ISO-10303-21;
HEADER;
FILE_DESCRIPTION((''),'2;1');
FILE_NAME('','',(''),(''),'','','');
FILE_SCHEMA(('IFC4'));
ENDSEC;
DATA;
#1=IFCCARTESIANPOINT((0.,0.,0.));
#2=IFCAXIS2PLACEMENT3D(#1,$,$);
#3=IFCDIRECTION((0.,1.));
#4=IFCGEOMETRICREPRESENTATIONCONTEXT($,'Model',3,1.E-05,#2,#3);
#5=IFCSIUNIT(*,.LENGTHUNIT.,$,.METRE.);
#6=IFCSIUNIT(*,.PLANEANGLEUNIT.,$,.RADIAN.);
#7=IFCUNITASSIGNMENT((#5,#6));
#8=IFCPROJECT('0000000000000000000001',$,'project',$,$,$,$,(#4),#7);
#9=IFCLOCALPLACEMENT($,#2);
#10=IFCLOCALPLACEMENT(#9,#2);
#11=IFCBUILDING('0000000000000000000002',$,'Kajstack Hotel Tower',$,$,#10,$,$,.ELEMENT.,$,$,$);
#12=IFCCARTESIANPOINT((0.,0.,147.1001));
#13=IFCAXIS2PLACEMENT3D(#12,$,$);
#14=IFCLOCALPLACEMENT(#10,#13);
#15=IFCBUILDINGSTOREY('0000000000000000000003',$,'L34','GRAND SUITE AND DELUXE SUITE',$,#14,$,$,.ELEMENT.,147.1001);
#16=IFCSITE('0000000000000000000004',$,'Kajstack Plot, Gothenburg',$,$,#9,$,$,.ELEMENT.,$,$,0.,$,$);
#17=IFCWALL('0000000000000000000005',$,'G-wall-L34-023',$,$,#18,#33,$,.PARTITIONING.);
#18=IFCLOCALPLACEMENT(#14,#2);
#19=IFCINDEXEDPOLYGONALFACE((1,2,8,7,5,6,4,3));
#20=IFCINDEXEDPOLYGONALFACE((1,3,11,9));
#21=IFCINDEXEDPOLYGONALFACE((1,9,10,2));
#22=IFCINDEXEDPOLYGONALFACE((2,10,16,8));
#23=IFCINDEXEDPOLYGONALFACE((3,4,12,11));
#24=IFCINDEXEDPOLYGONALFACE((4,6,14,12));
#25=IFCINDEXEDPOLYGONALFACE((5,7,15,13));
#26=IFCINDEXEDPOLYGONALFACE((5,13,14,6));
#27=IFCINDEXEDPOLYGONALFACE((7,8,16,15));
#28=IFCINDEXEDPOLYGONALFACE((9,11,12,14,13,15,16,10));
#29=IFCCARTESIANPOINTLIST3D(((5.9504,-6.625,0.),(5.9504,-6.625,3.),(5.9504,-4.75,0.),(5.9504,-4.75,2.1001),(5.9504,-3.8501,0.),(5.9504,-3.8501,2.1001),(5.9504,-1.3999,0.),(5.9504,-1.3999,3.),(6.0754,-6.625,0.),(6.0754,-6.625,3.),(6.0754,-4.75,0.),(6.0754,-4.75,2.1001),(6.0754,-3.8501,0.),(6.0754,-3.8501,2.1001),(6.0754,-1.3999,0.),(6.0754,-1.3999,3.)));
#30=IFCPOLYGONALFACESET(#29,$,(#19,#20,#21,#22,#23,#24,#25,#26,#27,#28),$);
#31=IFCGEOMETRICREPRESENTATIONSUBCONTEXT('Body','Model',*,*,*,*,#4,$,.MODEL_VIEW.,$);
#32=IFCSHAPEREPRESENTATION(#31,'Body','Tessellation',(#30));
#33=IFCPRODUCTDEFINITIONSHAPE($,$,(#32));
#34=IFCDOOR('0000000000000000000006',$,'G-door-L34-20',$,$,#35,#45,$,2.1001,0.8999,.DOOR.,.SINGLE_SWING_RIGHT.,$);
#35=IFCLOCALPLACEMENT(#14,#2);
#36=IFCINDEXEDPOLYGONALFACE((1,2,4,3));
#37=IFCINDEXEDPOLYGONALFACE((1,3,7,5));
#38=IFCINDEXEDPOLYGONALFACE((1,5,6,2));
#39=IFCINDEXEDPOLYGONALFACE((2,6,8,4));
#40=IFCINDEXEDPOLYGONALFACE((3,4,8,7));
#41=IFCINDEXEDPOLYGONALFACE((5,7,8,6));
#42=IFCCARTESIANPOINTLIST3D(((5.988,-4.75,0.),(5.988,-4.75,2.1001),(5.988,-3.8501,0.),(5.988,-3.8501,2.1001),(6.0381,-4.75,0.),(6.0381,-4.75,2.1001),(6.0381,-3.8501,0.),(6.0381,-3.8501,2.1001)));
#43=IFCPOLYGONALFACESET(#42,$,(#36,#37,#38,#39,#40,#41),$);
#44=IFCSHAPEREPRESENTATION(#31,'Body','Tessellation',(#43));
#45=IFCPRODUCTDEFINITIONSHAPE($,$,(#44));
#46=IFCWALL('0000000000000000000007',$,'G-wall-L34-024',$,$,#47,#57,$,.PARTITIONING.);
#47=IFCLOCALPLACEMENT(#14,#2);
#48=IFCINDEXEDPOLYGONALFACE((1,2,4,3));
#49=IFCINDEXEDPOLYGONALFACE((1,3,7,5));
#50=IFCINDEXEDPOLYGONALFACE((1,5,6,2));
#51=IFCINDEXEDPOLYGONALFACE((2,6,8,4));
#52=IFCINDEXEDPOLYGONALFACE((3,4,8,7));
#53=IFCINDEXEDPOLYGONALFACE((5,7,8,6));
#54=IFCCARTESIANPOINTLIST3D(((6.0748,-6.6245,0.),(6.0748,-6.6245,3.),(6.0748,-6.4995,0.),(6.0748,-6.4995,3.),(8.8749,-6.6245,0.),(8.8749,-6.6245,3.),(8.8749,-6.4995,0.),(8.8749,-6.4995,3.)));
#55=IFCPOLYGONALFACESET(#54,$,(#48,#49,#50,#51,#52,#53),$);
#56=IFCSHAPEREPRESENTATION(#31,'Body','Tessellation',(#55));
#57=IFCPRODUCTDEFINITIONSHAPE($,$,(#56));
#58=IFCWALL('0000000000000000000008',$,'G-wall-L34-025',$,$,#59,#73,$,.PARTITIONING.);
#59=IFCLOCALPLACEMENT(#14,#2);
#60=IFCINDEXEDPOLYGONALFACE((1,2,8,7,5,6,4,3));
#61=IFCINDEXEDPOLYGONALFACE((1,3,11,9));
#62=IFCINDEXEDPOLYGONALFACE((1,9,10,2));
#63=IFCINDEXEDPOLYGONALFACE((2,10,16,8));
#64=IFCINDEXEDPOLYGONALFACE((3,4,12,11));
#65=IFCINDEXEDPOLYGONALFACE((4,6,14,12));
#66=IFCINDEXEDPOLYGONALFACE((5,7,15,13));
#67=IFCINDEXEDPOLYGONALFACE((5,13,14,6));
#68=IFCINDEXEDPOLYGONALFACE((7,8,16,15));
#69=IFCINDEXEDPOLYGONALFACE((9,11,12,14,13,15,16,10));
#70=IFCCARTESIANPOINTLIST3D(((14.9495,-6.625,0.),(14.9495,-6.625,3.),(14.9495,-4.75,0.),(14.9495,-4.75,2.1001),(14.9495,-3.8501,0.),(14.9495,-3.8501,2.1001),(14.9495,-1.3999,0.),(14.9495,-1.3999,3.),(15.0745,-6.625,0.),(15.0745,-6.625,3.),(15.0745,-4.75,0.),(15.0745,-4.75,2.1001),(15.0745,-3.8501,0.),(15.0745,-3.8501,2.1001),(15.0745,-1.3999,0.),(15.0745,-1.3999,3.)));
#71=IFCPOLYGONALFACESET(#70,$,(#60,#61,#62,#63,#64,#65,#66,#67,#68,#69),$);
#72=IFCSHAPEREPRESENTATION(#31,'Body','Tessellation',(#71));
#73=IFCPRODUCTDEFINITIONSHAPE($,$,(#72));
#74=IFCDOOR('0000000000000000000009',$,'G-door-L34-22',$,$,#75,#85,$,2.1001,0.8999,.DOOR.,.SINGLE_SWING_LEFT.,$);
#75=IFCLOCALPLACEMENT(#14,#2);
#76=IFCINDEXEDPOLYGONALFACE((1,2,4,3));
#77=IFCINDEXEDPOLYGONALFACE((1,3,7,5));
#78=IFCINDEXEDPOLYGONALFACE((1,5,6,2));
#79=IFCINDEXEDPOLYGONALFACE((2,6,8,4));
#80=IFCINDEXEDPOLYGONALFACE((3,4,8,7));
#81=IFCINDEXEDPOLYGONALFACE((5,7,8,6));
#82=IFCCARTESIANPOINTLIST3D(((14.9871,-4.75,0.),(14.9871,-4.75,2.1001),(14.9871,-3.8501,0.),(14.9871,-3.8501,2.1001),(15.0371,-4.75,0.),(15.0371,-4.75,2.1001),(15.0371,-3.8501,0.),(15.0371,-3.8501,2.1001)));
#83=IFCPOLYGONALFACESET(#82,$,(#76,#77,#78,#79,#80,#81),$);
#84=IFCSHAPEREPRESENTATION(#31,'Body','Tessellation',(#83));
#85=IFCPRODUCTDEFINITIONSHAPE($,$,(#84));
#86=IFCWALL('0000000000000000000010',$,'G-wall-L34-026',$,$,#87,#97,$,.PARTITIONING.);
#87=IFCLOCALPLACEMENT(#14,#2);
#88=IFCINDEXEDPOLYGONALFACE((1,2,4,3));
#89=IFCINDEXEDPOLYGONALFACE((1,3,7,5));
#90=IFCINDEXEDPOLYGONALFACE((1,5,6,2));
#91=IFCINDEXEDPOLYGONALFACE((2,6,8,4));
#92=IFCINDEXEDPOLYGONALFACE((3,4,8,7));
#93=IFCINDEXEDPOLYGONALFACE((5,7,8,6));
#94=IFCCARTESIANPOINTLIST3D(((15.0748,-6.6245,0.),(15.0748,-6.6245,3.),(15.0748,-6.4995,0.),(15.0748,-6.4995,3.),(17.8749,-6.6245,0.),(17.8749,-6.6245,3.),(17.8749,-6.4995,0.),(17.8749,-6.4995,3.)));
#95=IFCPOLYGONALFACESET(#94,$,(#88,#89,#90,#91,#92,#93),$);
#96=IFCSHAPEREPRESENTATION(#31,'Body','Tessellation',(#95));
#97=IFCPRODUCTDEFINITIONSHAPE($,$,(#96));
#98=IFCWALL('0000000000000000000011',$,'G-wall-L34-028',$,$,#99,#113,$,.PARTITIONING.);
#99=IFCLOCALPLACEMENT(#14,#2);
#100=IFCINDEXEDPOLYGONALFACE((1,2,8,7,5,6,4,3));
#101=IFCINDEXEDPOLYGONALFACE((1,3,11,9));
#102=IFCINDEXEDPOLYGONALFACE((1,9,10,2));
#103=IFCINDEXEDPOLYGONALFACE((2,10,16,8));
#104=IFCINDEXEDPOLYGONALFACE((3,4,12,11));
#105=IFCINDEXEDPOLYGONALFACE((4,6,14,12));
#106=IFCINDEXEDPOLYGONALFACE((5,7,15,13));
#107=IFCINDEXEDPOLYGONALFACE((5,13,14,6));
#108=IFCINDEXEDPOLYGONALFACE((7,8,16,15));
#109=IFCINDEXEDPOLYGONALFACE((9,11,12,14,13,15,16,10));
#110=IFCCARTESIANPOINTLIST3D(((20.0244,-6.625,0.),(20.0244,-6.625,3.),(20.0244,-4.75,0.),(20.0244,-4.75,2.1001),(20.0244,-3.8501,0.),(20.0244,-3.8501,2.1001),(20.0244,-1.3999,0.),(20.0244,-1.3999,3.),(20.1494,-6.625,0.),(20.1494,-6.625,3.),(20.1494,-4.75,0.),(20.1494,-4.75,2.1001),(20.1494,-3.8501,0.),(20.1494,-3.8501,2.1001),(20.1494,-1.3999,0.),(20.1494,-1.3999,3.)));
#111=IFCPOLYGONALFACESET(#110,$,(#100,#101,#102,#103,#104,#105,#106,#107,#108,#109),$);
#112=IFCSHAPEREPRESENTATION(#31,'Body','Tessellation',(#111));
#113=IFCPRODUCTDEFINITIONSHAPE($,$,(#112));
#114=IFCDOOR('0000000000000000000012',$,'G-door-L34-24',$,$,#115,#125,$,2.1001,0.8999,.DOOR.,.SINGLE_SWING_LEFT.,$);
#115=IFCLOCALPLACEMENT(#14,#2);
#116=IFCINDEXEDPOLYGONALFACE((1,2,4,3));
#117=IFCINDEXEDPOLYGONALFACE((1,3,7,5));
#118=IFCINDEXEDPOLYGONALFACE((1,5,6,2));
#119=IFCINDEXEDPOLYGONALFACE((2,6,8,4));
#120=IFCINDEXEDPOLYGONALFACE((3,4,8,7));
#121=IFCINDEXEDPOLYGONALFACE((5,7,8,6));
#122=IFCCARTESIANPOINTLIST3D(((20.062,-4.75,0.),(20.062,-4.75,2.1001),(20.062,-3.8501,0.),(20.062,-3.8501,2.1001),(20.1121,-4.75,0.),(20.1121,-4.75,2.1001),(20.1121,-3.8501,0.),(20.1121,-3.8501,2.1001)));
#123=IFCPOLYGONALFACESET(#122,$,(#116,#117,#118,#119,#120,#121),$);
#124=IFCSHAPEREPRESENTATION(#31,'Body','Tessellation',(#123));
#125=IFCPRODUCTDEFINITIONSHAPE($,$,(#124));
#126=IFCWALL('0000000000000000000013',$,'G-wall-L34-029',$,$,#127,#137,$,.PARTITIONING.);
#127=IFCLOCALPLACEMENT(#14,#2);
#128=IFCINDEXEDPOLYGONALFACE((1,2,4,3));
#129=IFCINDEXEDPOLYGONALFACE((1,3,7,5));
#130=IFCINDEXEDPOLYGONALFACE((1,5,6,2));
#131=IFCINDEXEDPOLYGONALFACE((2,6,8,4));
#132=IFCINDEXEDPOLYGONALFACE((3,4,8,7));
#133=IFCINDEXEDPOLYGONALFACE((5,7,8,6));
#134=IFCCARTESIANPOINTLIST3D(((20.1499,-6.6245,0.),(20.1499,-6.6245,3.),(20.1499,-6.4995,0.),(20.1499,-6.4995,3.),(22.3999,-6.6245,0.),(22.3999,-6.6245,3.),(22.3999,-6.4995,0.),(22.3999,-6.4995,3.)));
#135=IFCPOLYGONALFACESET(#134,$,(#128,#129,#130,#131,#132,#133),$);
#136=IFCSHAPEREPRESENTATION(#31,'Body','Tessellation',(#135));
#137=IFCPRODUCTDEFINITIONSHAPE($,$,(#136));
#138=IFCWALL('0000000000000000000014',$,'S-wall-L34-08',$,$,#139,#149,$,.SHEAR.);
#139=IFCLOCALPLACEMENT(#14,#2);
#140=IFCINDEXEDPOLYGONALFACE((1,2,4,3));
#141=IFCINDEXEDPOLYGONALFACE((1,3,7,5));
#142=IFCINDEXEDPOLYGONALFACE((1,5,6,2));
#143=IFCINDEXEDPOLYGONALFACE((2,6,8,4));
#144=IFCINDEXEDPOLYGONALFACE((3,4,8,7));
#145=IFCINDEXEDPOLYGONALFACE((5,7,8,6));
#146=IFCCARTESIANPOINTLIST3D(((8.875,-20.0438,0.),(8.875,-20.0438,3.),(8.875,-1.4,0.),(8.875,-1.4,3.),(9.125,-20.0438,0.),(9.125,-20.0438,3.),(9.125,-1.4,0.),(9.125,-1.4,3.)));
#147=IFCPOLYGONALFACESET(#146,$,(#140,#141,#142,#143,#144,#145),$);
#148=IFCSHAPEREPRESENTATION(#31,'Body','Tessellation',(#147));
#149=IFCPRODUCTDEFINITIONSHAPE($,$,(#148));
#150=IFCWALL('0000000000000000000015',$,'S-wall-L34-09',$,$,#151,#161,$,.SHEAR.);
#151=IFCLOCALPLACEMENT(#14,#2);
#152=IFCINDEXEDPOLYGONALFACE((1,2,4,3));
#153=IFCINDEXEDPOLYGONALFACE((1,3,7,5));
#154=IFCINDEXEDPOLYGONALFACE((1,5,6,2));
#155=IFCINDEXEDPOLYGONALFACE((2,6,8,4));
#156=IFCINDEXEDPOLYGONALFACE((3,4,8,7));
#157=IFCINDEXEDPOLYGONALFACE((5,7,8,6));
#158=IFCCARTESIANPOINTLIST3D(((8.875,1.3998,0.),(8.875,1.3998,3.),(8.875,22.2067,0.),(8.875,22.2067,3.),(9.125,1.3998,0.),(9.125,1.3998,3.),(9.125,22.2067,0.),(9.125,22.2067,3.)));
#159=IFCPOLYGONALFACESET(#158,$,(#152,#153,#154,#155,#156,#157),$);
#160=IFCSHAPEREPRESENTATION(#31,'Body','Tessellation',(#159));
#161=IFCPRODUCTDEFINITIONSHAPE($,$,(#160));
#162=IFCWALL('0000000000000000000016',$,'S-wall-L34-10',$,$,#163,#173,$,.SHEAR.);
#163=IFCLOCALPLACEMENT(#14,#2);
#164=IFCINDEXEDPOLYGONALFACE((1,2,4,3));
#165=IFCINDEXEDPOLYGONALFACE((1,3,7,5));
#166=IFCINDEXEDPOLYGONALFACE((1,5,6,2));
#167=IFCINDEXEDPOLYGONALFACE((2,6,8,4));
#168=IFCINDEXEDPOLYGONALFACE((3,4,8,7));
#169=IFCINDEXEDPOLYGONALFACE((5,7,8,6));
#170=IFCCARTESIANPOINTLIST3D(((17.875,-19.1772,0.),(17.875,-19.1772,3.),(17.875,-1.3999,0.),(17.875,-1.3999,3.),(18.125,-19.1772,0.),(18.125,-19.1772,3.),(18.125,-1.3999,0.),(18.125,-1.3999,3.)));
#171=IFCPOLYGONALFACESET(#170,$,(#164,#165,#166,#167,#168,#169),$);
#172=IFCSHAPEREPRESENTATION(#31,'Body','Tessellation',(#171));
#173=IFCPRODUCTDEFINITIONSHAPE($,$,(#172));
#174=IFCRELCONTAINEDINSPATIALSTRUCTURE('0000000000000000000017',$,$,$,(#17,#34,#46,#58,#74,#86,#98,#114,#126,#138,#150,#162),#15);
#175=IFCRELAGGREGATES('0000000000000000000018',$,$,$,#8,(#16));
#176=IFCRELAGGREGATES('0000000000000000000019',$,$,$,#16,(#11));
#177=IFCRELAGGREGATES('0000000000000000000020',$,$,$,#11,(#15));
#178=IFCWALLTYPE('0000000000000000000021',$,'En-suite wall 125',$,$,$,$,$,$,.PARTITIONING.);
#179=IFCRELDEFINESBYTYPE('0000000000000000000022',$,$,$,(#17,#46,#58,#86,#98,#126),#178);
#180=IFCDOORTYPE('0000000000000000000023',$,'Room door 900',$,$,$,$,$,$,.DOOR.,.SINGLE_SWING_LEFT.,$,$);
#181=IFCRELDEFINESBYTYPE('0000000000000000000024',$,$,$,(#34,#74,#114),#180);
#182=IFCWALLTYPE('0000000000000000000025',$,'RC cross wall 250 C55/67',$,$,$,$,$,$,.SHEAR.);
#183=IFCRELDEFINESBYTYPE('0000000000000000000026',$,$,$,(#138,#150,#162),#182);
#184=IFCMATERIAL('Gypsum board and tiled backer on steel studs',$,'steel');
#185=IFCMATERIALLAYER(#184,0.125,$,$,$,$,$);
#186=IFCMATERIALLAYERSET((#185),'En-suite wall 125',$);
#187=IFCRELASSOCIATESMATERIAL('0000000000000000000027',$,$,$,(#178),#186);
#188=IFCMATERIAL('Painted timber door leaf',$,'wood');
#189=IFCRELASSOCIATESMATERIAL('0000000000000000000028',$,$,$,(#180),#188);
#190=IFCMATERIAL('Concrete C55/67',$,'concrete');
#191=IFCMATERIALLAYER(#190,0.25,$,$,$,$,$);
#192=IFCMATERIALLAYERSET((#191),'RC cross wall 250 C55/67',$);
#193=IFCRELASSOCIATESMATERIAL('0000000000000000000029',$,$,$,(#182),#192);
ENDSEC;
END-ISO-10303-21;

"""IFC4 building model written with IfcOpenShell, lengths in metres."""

from ifc_helpers import new_model, si_unit, direction, frame, frame_2d, origin, place, context, subcontext, project, spatial, rectangle, extrude, material, layer, layer_set, type_object, element, fill, save


model = new_model("IFC4")

# Units and contexts
model_context = context("Model", 3, precision=1e-05, world=origin(), true_north=direction((0.0, 1.0)))
body_context = subcontext(model_context, "Body", "Model", "MODEL_VIEW")
ifc_project = project(units=[si_unit("LENGTHUNIT", "METRE"), si_unit("PLANEANGLEUNIT", "RADIAN")], contexts=[model_context])

# Site, building, storey
site_placement = place(None, origin())
site = spatial("IfcSite", under=ifc_project, at=site_placement, Name="Kajstack Plot, Gothenburg", CompositionType="ELEMENT", RefElevation=0.0)
building_placement = place(site_placement, origin())
building = spatial("IfcBuilding", under=site, at=building_placement, Name="Kajstack Hotel Tower", CompositionType="ELEMENT")
storey_placement = place(building_placement, frame((0.0, 0.0, 147.1001)))
storey = spatial("IfcBuildingStorey", under=building, at=storey_placement, Name="L34", Description="GRAND SUITE AND DELUXE SUITE", CompositionType="ELEMENT", Elevation=147.1001)

# Wall, opening, door
ifc_material_1 = material(Name="Gypsum board and tiled backer on steel studs", Category="steel")
ifc_layer_1 = layer(ifc_material_1, 0.125)
ifc_layer_set_1 = layer_set([ifc_layer_1], Name="En-suite wall 125")
wall_type_1 = type_object("IfcWallType", Name="En-suite wall 125", PredefinedType="PARTITIONING", material=ifc_layer_set_1)
ifc_material_2 = material(Name="Painted timber door leaf", Category="wood")
door_type_1 = type_object("IfcDoorType", Name="Room door 900", OperationType="SINGLE_SWING_LEFT", PredefinedType="DOOR", material=ifc_material_2)
wall_1_placement = place(storey_placement, frame((6.0129, -6.625, 0.0), z_axis=(0.0, 0.0, 1.0), x_axis=(0.0, 1.0, 0.0)))
wall_1 = element("IfcWall", 1, at=wall_1_placement, inside=storey, type_object=wall_type_1, Name="G-wall-L34-023", PredefinedType="PARTITIONING", context=body_context, shape_type="SweptSolid", body=[
    extrude(rectangle(XDim=5.2251, YDim=0.125, at=frame_2d((2.6125, 0.0))), origin(), (0.0, 0.0, 1.0), 3.0),
])
opening_1_placement = place(wall_1_placement, frame((1.875, 0.0, 0.0)))
opening_1 = element("IfcOpeningElement", 2, at=opening_1_placement, cuts=wall_1, PredefinedType="OPENING", context=body_context, shape_type="SweptSolid", body=[
    extrude(rectangle(XDim=0.8999, YDim=2.1001, at=frame_2d((0.45, 1.05))), frame((0.0, 0.0725, 0.0), z_axis=(0.0, -1.0, 0.0), x_axis=(1.0, 0.0, 0.0)), (0.0, 0.0, 1.0), 0.145),
])
door_1_placement = place(opening_1_placement, origin())
door_1 = element("IfcDoor", 3, at=door_1_placement, inside=storey, type_object=door_type_1, Name="G-door-L34-20", OperationType="SINGLE_SWING_RIGHT", OverallHeight=2.1001, OverallWidth=0.8999, PredefinedType="DOOR", context=body_context, shape_type="SweptSolid", body=[
    extrude(rectangle(XDim=0.8999, YDim=2.1001, at=frame_2d((0.45, 1.05))), frame((0.0, 0.0249, 0.0), z_axis=(0.0, -1.0, 0.0), x_axis=(1.0, 0.0, 0.0)), (0.0, 0.0, 1.0), 0.05),
])
fill(opening_1, door_1)

# Wall
wall_2_placement = place(storey_placement, frame((6.075, -6.562, 0.0), z_axis=(0.0, 0.0, 1.0), x_axis=(1.0, 0.0, 0.0)))
element("IfcWall", 4, at=wall_2_placement, inside=storey, type_object=wall_type_1, Name="G-wall-L34-024", PredefinedType="PARTITIONING", context=body_context, shape_type="SweptSolid", body=[
    extrude(rectangle(XDim=2.8, YDim=0.125, at=frame_2d((1.3999, 0.0))), origin(), (0.0, 0.0, 1.0), 3.0),
])

# Wall, opening, door
wall_3_placement = place(storey_placement, frame((15.012, -6.625, 0.0), z_axis=(0.0, 0.0, 1.0), x_axis=(0.0, 1.0, 0.0)))
wall_3 = element("IfcWall", 5, at=wall_3_placement, inside=storey, type_object=wall_type_1, Name="G-wall-L34-025", PredefinedType="PARTITIONING", context=body_context, shape_type="SweptSolid", body=[
    extrude(rectangle(XDim=5.2251, YDim=0.125, at=frame_2d((2.6125, 0.0))), origin(), (0.0, 0.0, 1.0), 3.0),
])
opening_2_placement = place(wall_3_placement, frame((1.875, 0.0, 0.0)))
opening_2 = element("IfcOpeningElement", 6, at=opening_2_placement, cuts=wall_3, PredefinedType="OPENING", context=body_context, shape_type="SweptSolid", body=[
    extrude(rectangle(XDim=0.8999, YDim=2.1001, at=frame_2d((0.45, 1.05))), frame((0.0, 0.0725, 0.0), z_axis=(0.0, -1.0, 0.0), x_axis=(1.0, 0.0, 0.0)), (0.0, 0.0, 1.0), 0.145),
])
door_2_placement = place(opening_2_placement, origin())
door_2 = element("IfcDoor", 7, at=door_2_placement, inside=storey, type_object=door_type_1, Name="G-door-L34-22", OperationType="SINGLE_SWING_LEFT", OverallHeight=2.1001, OverallWidth=0.8999, PredefinedType="DOOR", context=body_context, shape_type="SweptSolid", body=[
    extrude(rectangle(XDim=0.8999, YDim=2.1001, at=frame_2d((0.45, 1.05))), frame((0.0, 0.0249, 0.0), z_axis=(0.0, -1.0, 0.0), x_axis=(1.0, 0.0, 0.0)), (0.0, 0.0, 1.0), 0.05),
])
fill(opening_2, door_2)

# Wall
wall_4_placement = place(storey_placement, frame((15.075, -6.562, 0.0), z_axis=(0.0, 0.0, 1.0), x_axis=(1.0, 0.0, 0.0)))
element("IfcWall", 8, at=wall_4_placement, inside=storey, type_object=wall_type_1, Name="G-wall-L34-026", PredefinedType="PARTITIONING", context=body_context, shape_type="SweptSolid", body=[
    extrude(rectangle(XDim=2.8, YDim=0.125, at=frame_2d((1.3999, 0.0))), origin(), (0.0, 0.0, 1.0), 3.0),
])

# Wall, opening, door
wall_5_placement = place(storey_placement, frame((20.0869, -6.625, 0.0), z_axis=(0.0, 0.0, 1.0), x_axis=(0.0, 1.0, 0.0)))
wall_5 = element("IfcWall", 9, at=wall_5_placement, inside=storey, type_object=wall_type_1, Name="G-wall-L34-028", PredefinedType="PARTITIONING", context=body_context, shape_type="SweptSolid", body=[
    extrude(rectangle(XDim=5.2251, YDim=0.125, at=frame_2d((2.6125, 0.0))), origin(), (0.0, 0.0, 1.0), 3.0),
])
opening_3_placement = place(wall_5_placement, frame((1.875, 0.0, 0.0)))
opening_3 = element("IfcOpeningElement", 10, at=opening_3_placement, cuts=wall_5, PredefinedType="OPENING", context=body_context, shape_type="SweptSolid", body=[
    extrude(rectangle(XDim=0.8999, YDim=2.1001, at=frame_2d((0.45, 1.05))), frame((0.0, 0.0725, 0.0), z_axis=(0.0, -1.0, 0.0), x_axis=(1.0, 0.0, 0.0)), (0.0, 0.0, 1.0), 0.145),
])
door_3_placement = place(opening_3_placement, origin())
door_3 = element("IfcDoor", 11, at=door_3_placement, inside=storey, type_object=door_type_1, Name="G-door-L34-24", OperationType="SINGLE_SWING_LEFT", OverallHeight=2.1001, OverallWidth=0.8999, PredefinedType="DOOR", context=body_context, shape_type="SweptSolid", body=[
    extrude(rectangle(XDim=0.8999, YDim=2.1001, at=frame_2d((0.45, 1.05))), frame((0.0, 0.0249, 0.0), z_axis=(0.0, -1.0, 0.0), x_axis=(1.0, 0.0, 0.0)), (0.0, 0.0, 1.0), 0.05),
])
fill(opening_3, door_3)

# Walls
wall_6_placement = place(storey_placement, frame((20.1499, -6.562, 0.0), z_axis=(0.0, 0.0, 1.0), x_axis=(1.0, 0.0, 0.0)))
element("IfcWall", 12, at=wall_6_placement, inside=storey, type_object=wall_type_1, Name="G-wall-L34-029", PredefinedType="PARTITIONING", context=body_context, shape_type="SweptSolid", body=[
    extrude(rectangle(XDim=2.25, YDim=0.125, at=frame_2d((1.125, 0.0))), origin(), (0.0, 0.0, 1.0), 3.0),
])
ifc_material_3 = material(Name="Concrete C55/67", Category="concrete")
ifc_layer_2 = layer(ifc_material_3, 0.25)
ifc_layer_set_2 = layer_set([ifc_layer_2], Name="RC cross wall 250 C55/67")
wall_type_2 = type_object("IfcWallType", Name="RC cross wall 250 C55/67", PredefinedType="SHEAR", material=ifc_layer_set_2)
wall_7_placement = place(storey_placement, frame((9.0, -20.0437, 0.0), z_axis=(0.0, 0.0, 1.0), x_axis=(0.0, 1.0, 0.0)))
element("IfcWall", 13, at=wall_7_placement, inside=storey, type_object=wall_type_2, Name="S-wall-L34-08", PredefinedType="SHEAR", context=body_context, shape_type="SweptSolid", body=[
    extrude(rectangle(XDim=18.6438, YDim=0.25, at=frame_2d((9.3218, 0.0))), origin(), (0.0, 0.0, 1.0), 3.0),
])
wall_8_placement = place(storey_placement, frame((9.0, 1.3999, 0.0), z_axis=(0.0, 0.0, 1.0), x_axis=(0.0, 1.0, 0.0)))
element("IfcWall", 14, at=wall_8_placement, inside=storey, type_object=wall_type_2, Name="S-wall-L34-09", PredefinedType="SHEAR", context=body_context, shape_type="SweptSolid", body=[
    extrude(rectangle(XDim=20.8069, YDim=0.25, at=frame_2d((10.4033, 0.0))), origin(), (0.0, 0.0, 1.0), 3.0),
])
wall_9_placement = place(storey_placement, frame((18.0, -19.1772, 0.0), z_axis=(0.0, 0.0, 1.0), x_axis=(0.0, 1.0, 0.0)))
element("IfcWall", 15, at=wall_9_placement, inside=storey, type_object=wall_type_2, Name="S-wall-L34-10", PredefinedType="SHEAR", context=body_context, shape_type="SweptSolid", body=[
    extrude(rectangle(XDim=17.7773, YDim=0.25, at=frame_2d((8.8887, 0.0))), origin(), (0.0, 0.0, 1.0), 3.0),
])

save(model, "model.ifc")
